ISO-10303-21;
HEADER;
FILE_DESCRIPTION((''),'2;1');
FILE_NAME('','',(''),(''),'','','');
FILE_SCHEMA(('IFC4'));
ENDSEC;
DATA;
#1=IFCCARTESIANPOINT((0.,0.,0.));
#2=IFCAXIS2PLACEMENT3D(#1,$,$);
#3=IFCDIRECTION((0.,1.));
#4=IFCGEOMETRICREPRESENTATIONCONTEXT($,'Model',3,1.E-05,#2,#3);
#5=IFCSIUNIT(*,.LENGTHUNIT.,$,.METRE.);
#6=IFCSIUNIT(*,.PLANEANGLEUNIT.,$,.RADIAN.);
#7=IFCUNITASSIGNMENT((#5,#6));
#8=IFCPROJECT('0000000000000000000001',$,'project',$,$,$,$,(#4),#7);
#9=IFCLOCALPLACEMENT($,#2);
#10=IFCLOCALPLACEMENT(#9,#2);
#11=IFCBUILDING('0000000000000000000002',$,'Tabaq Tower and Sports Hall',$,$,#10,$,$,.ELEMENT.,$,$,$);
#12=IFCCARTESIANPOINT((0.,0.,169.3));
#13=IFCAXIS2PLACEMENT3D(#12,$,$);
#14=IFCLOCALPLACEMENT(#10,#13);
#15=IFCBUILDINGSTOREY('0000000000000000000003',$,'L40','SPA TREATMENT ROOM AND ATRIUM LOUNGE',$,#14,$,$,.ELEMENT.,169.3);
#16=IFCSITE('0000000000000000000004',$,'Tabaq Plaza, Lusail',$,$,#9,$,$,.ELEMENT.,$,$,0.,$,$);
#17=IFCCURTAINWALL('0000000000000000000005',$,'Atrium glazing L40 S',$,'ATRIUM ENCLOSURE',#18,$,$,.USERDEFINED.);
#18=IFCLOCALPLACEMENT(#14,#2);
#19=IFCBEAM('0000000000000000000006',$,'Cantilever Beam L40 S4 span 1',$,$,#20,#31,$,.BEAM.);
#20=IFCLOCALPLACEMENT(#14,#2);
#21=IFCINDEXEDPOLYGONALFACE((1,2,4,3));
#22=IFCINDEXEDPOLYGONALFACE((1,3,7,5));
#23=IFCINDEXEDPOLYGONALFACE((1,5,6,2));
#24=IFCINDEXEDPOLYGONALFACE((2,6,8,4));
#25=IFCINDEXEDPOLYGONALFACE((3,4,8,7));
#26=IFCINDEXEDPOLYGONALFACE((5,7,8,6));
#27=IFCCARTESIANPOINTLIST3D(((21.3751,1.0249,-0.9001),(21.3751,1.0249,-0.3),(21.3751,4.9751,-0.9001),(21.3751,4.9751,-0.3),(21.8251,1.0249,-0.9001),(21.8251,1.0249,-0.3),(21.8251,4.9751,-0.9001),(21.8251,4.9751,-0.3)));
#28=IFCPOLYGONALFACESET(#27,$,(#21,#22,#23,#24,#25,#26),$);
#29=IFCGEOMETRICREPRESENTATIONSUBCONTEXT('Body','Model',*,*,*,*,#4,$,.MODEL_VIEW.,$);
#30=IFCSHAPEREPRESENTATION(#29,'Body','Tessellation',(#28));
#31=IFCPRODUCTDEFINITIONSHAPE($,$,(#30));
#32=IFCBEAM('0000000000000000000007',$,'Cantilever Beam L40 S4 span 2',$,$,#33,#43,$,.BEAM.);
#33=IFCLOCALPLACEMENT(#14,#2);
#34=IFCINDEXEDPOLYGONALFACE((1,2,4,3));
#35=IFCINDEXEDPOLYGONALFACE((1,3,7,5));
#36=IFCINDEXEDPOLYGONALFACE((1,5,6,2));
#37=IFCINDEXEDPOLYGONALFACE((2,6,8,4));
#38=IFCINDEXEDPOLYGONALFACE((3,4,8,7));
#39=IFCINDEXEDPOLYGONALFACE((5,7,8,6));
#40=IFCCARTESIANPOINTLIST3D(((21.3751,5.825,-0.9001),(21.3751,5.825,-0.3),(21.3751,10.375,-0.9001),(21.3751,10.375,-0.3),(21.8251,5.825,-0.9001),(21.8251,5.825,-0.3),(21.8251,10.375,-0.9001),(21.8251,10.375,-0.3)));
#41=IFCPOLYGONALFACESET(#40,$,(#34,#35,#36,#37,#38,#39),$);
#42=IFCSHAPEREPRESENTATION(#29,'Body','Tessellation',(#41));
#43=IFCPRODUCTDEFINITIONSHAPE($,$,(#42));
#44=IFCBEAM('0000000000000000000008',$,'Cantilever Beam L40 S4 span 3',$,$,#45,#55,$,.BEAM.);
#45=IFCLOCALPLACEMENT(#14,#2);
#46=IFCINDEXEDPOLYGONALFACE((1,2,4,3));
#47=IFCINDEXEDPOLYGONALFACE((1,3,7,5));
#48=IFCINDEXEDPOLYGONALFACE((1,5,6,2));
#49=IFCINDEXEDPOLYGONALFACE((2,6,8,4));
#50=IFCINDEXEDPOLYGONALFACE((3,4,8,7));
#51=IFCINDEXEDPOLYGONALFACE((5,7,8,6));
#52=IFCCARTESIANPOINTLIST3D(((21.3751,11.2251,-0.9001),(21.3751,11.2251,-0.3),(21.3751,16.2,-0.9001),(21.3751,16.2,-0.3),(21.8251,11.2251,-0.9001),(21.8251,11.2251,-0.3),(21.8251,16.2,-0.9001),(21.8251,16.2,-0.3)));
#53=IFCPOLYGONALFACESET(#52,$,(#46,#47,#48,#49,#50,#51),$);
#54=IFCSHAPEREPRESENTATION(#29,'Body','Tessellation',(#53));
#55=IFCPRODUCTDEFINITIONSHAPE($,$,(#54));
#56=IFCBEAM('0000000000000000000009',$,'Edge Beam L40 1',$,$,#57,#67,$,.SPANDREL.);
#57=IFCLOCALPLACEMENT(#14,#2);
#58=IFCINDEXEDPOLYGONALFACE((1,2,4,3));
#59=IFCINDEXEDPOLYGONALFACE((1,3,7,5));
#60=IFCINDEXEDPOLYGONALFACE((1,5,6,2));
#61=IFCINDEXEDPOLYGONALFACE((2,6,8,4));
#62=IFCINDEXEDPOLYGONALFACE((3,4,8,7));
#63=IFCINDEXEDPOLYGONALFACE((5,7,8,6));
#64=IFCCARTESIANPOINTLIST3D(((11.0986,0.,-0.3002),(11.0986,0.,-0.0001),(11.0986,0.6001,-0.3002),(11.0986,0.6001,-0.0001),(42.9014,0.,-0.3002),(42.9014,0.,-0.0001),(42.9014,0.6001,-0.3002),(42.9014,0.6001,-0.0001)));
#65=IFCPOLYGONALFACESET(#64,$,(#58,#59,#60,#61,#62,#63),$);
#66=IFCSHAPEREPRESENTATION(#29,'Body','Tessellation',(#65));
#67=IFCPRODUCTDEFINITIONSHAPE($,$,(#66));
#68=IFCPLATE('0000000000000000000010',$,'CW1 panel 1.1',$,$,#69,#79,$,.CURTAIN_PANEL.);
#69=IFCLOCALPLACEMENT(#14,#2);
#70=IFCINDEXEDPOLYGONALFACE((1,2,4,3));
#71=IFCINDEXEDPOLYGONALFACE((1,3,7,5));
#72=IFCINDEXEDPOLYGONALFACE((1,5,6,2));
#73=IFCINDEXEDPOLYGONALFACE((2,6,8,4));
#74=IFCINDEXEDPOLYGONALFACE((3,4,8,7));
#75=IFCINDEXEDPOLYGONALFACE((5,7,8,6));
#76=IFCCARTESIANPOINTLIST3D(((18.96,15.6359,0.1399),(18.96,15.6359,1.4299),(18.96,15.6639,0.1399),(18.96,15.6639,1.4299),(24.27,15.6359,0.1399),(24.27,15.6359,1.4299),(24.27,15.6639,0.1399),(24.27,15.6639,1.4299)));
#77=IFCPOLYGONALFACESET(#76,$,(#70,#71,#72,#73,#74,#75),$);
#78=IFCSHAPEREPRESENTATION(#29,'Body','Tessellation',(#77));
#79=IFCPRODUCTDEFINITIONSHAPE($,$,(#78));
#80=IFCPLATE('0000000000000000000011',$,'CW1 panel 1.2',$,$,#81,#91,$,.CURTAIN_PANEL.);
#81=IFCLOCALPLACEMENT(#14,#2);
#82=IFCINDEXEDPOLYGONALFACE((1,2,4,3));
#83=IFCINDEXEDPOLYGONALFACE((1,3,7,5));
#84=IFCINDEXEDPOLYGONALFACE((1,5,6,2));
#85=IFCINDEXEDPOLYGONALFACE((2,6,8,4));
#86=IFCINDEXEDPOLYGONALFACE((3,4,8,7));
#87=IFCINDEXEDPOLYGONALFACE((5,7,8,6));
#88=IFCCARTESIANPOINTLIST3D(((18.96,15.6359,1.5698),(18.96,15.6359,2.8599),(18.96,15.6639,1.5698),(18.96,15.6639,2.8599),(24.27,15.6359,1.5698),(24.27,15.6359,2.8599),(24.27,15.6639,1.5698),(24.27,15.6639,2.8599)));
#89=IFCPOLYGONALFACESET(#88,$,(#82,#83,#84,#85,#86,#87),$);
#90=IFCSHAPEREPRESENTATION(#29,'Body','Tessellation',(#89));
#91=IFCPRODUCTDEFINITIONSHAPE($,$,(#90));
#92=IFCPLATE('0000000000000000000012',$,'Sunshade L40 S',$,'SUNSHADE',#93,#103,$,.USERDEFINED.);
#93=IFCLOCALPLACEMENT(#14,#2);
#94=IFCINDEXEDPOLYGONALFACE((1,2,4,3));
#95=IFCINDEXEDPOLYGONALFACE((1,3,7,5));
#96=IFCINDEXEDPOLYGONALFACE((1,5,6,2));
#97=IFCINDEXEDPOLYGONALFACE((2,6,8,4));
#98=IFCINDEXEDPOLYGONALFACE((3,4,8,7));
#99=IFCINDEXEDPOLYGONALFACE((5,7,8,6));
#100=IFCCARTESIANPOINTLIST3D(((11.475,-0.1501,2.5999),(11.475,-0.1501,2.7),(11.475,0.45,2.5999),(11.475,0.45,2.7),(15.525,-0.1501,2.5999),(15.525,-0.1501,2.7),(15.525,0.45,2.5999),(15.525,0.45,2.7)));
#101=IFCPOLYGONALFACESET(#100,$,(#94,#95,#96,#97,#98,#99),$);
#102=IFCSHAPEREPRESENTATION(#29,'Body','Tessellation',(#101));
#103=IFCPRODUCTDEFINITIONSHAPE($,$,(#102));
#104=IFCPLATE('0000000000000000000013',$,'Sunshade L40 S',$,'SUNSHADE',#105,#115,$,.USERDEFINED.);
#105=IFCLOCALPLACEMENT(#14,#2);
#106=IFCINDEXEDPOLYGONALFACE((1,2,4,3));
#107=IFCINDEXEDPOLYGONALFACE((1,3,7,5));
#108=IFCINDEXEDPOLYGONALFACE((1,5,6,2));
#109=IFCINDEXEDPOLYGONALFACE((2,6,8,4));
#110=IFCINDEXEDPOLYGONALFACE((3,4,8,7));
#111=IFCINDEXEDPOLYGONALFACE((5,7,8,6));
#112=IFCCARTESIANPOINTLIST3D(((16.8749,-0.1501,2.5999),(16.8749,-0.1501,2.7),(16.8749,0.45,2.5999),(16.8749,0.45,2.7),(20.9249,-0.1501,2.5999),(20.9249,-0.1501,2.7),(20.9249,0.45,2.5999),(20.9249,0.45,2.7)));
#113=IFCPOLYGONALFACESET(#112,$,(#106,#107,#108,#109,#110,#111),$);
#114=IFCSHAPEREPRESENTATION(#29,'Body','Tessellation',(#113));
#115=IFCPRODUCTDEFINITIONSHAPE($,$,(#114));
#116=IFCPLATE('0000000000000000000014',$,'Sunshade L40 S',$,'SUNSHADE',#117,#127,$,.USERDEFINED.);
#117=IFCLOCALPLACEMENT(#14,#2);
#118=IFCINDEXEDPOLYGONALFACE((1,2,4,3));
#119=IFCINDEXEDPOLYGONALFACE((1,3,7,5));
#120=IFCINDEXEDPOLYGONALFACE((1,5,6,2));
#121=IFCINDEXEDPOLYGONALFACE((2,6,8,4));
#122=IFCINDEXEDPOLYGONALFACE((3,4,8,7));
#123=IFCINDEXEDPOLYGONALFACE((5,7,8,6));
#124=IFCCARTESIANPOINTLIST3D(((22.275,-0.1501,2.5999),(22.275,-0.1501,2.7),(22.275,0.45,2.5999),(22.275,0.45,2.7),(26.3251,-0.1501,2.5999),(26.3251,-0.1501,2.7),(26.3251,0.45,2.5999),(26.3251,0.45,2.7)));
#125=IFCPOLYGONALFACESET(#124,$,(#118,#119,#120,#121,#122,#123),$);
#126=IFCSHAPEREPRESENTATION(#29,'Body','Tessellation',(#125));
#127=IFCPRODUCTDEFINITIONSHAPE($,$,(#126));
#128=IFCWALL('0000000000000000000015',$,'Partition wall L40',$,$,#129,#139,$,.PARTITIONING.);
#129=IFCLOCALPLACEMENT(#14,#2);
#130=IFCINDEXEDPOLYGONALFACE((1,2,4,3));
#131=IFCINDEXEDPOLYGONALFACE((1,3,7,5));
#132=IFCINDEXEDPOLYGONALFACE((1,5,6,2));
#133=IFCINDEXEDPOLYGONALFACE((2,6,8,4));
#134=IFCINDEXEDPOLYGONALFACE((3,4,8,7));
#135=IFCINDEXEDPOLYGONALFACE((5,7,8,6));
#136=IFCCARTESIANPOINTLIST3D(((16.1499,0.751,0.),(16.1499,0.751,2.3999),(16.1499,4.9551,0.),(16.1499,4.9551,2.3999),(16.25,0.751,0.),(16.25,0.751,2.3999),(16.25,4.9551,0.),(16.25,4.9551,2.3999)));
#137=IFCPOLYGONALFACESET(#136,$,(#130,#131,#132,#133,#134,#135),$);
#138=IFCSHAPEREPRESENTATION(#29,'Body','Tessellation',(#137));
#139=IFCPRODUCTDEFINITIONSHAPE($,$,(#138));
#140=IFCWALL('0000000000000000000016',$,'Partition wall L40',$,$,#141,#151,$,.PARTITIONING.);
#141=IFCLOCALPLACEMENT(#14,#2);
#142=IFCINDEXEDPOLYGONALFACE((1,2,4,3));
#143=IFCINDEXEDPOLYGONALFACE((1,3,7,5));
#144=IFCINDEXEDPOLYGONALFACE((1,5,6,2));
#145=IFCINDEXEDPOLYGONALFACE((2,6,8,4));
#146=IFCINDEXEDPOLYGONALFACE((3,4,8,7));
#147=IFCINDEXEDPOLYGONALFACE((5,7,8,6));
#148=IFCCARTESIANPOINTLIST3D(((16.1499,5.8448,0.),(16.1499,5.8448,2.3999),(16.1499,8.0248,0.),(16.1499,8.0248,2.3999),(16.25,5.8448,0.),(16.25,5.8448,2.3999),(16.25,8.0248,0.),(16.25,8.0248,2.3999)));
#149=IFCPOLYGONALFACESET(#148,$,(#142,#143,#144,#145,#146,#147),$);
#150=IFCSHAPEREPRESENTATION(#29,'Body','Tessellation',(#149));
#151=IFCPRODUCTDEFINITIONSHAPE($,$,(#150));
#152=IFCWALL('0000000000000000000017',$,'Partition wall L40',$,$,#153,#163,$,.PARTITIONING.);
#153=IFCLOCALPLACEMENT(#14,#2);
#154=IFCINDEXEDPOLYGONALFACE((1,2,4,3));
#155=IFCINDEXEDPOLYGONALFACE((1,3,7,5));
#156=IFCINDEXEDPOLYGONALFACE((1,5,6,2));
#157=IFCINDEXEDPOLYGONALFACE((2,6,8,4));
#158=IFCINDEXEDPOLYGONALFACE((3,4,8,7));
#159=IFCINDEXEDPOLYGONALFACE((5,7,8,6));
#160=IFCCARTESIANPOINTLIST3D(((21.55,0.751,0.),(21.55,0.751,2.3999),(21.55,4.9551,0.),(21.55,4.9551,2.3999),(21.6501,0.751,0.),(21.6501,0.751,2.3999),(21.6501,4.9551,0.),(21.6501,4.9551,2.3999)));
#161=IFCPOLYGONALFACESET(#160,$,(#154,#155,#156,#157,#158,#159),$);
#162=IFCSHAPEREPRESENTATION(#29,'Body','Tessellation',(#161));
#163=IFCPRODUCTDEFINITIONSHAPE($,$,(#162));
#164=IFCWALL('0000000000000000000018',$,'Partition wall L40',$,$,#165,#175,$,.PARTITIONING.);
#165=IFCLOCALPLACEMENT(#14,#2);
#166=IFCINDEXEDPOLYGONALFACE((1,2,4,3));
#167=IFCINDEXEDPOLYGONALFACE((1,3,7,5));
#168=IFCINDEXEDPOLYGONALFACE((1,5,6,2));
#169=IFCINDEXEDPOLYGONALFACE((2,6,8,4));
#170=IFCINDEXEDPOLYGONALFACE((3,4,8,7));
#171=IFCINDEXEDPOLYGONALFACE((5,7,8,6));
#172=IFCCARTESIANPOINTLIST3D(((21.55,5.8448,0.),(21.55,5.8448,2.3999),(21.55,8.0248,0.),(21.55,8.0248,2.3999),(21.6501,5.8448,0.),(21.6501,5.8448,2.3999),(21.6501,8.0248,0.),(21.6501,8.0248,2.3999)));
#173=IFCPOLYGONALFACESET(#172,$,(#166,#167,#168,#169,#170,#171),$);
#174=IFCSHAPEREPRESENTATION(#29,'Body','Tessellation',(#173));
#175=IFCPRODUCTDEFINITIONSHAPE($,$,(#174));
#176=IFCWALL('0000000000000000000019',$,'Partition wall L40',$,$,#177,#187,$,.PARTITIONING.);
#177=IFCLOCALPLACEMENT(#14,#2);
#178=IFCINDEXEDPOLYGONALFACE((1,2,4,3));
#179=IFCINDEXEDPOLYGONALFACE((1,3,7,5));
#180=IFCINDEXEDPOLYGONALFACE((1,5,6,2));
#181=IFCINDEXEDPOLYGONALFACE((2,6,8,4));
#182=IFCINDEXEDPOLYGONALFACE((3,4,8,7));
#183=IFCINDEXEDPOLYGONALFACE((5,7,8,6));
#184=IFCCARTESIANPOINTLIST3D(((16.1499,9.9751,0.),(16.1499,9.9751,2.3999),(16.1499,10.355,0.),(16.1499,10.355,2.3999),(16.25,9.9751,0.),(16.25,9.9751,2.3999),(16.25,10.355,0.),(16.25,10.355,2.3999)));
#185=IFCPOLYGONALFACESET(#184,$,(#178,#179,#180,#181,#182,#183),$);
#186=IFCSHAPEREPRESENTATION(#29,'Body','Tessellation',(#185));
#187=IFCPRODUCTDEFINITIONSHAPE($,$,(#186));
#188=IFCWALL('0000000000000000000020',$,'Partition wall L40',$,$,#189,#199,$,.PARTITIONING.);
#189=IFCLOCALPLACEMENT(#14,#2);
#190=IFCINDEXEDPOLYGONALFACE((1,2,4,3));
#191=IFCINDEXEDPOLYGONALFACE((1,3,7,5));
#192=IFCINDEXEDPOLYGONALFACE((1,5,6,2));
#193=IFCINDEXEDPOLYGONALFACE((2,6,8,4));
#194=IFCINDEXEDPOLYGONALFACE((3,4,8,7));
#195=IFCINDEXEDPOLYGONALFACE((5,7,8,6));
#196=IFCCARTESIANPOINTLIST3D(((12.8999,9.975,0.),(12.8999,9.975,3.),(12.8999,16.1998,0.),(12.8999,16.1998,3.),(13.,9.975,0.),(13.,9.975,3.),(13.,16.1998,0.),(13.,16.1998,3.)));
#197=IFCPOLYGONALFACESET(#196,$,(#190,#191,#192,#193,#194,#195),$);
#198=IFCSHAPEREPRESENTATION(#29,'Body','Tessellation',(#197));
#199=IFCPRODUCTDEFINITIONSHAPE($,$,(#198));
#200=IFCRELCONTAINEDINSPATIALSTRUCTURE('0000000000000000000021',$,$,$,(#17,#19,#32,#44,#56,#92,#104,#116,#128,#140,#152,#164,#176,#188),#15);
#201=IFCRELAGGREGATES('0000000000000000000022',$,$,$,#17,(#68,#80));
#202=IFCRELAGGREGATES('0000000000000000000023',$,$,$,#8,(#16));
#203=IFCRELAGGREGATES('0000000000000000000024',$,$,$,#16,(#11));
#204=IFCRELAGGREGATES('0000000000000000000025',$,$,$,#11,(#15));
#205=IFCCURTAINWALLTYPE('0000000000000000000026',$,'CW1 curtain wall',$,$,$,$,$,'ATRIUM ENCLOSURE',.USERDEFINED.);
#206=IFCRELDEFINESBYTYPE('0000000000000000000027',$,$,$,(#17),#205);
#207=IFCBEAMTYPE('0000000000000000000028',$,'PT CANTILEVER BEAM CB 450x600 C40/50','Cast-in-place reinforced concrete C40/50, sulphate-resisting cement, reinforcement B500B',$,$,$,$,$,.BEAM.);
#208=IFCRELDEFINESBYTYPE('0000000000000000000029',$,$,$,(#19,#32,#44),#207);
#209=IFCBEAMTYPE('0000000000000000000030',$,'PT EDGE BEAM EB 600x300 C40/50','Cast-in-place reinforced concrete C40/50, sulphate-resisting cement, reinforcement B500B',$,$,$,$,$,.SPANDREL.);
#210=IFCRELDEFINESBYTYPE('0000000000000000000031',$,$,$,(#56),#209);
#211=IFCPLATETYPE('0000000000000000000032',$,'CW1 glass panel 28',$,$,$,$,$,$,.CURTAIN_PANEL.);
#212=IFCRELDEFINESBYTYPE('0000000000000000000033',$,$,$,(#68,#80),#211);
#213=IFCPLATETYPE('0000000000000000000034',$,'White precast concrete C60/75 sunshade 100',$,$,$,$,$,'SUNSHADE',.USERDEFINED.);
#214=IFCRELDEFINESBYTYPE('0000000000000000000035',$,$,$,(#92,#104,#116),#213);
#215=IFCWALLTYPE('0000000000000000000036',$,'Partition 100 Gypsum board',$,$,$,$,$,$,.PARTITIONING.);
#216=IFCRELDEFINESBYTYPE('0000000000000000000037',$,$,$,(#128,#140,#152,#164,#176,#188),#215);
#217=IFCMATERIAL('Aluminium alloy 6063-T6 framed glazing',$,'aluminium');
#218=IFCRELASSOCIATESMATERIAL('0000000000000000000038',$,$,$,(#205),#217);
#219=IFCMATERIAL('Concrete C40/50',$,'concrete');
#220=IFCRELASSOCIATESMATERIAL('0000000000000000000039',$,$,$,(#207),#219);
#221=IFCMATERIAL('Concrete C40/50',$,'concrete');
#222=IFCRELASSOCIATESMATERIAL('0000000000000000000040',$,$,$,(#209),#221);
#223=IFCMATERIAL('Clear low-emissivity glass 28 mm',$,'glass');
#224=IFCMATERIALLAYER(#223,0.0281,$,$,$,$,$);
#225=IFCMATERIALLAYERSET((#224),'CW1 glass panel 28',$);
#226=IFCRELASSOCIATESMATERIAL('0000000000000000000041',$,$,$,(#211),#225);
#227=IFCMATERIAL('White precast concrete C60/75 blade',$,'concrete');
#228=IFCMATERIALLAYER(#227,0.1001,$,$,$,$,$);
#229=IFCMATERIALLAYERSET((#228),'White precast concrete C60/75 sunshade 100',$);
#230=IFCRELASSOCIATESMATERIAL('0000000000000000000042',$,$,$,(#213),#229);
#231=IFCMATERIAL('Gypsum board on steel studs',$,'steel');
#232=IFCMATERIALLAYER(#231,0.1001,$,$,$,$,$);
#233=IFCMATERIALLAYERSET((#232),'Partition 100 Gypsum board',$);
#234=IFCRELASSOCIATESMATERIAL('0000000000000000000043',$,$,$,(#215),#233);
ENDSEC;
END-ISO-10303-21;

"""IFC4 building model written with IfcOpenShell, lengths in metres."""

from ifc_helpers import new_model, si_unit, direction, frame, frame_2d, origin, origin_2d, place, context, subcontext, project, spatial, rectangle, extrude, material, layer, layer_set, material_profile, profile_set, type_object, element, aggregate, save


model = new_model("IFC4")

# Units and contexts
model_context = context("Model", 3, precision=1e-05, world=origin(), true_north=direction((0.0, 1.0)))
body_context = subcontext(model_context, "Body", "Model", "MODEL_VIEW")
ifc_project = project(units=[si_unit("LENGTHUNIT", "METRE"), si_unit("PLANEANGLEUNIT", "RADIAN")], contexts=[model_context])

# Site, building, storey
site_placement = place(None, origin())
site = spatial("IfcSite", under=ifc_project, at=site_placement, Name="Tabaq Plaza, Lusail", CompositionType="ELEMENT", RefElevation=0.0)
building_placement = place(site_placement, origin())
building = spatial("IfcBuilding", under=site, at=building_placement, Name="Tabaq Tower and Sports Hall", CompositionType="ELEMENT")
storey_placement = place(building_placement, frame((0.0, 0.0, 169.3)))
storey = spatial("IfcBuildingStorey", under=building, at=storey_placement, Name="L40", Description="SPA TREATMENT ROOM AND ATRIUM LOUNGE", CompositionType="ELEMENT", Elevation=169.3)

# Curtain wall
ifc_material_1 = material(Name="Aluminium alloy 6063-T6 framed glazing", Category="aluminium")
curtain_wall_type = type_object("IfcCurtainWallType", Name="CW1 curtain wall", ElementType="ATRIUM ENCLOSURE", PredefinedType="USERDEFINED", material=ifc_material_1)
curtain_wall_placement = place(storey_placement, origin())
curtain_wall = element("IfcCurtainWall", 1, at=curtain_wall_placement, inside=storey, type_object=curtain_wall_type, Name="Atrium glazing L40 S", ObjectType="ATRIUM ENCLOSURE", PredefinedType="USERDEFINED")

# Beams
ifc_material_2 = material(Name="Concrete C40/50", Category="concrete")
ifc_material_profile_1 = material_profile(ifc_material_2, rectangle(XDim=0.45, YDim=0.6001, at=origin_2d()), Name="CB 450x600")
ifc_profile_set_1 = profile_set([ifc_material_profile_1], Name="Concrete C40/50")
beam_type_1 = type_object("IfcBeamType", Name="PT CANTILEVER BEAM CB 450x600 C40/50", Description="Cast-in-place reinforced concrete C40/50, sulphate-resisting cement, reinforcement B500B", PredefinedType="BEAM", material=ifc_profile_set_1)
beam_1_placement = place(storey_placement, frame((21.6001, 1.0249, -0.6001), z_axis=(0.0, 1.0, 0.0), x_axis=(-1.0, 0.0, 0.0)))
element("IfcBeam", 2, at=beam_1_placement, inside=storey, type_object=beam_type_1, Name="Cantilever Beam L40 S4 span 1", PredefinedType="BEAM", context=body_context, shape_type="SweptSolid", body=[
    extrude(rectangle(XDim=0.45, YDim=0.6001, at=origin_2d()), origin(), (0.0, 0.0, 1.0), 3.9502),
])
beam_2_placement = place(storey_placement, frame((21.6001, 5.825, -0.6001), z_axis=(0.0, 1.0, 0.0), x_axis=(-1.0, 0.0, 0.0)))
element("IfcBeam", 3, at=beam_2_placement, inside=storey, type_object=beam_type_1, Name="Cantilever Beam L40 S4 span 2", PredefinedType="BEAM", context=body_context, shape_type="SweptSolid", body=[
    extrude(rectangle(XDim=0.45, YDim=0.6001, at=origin_2d()), origin(), (0.0, 0.0, 1.0), 4.55),
])
beam_3_placement = place(storey_placement, frame((21.6001, 11.2251, -0.6001), z_axis=(0.0, 1.0, 0.0), x_axis=(-1.0, 0.0, 0.0)))
element("IfcBeam", 4, at=beam_3_placement, inside=storey, type_object=beam_type_1, Name="Cantilever Beam L40 S4 span 3", PredefinedType="BEAM", context=body_context, shape_type="SweptSolid", body=[
    extrude(rectangle(XDim=0.45, YDim=0.6001, at=origin_2d()), origin(), (0.0, 0.0, 1.0), 4.9749),
])
ifc_material_3 = material(Name="Concrete C40/50", Category="concrete")
ifc_material_profile_2 = material_profile(ifc_material_3, rectangle(XDim=0.6001, YDim=0.3, at=origin_2d()), Name="EB 600x300")
ifc_profile_set_2 = profile_set([ifc_material_profile_2], Name="Concrete C40/50")
beam_type_2 = type_object("IfcBeamType", Name="PT EDGE BEAM EB 600x300 C40/50", Description="Cast-in-place reinforced concrete C40/50, sulphate-resisting cement, reinforcement B500B", PredefinedType="SPANDREL", material=ifc_profile_set_2)
beam_4_placement = place(storey_placement, frame((11.0986, 0.3, -0.1501), z_axis=(1.0, 0.0, 0.0), x_axis=(0.0, 1.0, 0.0)))
element("IfcBeam", 5, at=beam_4_placement, inside=storey, type_object=beam_type_2, Name="Edge Beam L40 1", PredefinedType="SPANDREL", context=body_context, shape_type="SweptSolid", body=[
    extrude(rectangle(XDim=0.6001, YDim=0.3, at=origin_2d()), origin(), (0.0, 0.0, 1.0), 31.8027),
])

# Plates
ifc_material_4 = material(Name="Clear low-emissivity glass 28 mm", Category="glass")
ifc_layer_1 = layer(ifc_material_4, 0.0281)
ifc_layer_set_1 = layer_set([ifc_layer_1], Name="CW1 glass panel 28")
plate_type_1 = type_object("IfcPlateType", Name="CW1 glass panel 28", PredefinedType="CURTAIN_PANEL", material=ifc_layer_set_1)
plate_1_placement = place(storey_placement, frame((21.615, 15.6499, 0.1399), z_axis=(0.0, 0.0, 1.0), x_axis=(1.0, 0.0, 0.0)))
plate_1 = element("IfcPlate", 6, at=plate_1_placement, type_object=plate_type_1, Name="CW1 panel 1.1", PredefinedType="CURTAIN_PANEL", context=body_context, shape_type="SweptSolid", body=[
    extrude(rectangle(XDim=5.3101, YDim=0.0281, at=origin_2d()), origin(), (0.0, 0.0, 1.0), 1.29),
])
plate_2_placement = place(storey_placement, frame((21.615, 15.6499, 1.5698), z_axis=(0.0, 0.0, 1.0), x_axis=(1.0, 0.0, 0.0)))
plate_2 = element("IfcPlate", 7, at=plate_2_placement, type_object=plate_type_1, Name="CW1 panel 1.2", PredefinedType="CURTAIN_PANEL", context=body_context, shape_type="SweptSolid", body=[
    extrude(rectangle(XDim=5.3101, YDim=0.0281, at=origin_2d()), origin(), (0.0, 0.0, 1.0), 1.29),
])
aggregate(curtain_wall, [plate_1, plate_2])

# Plates
ifc_material_5 = material(Name="White precast concrete C60/75 blade", Category="concrete")
ifc_layer_2 = layer(ifc_material_5, 0.1001)
ifc_layer_set_2 = layer_set([ifc_layer_2], Name="White precast concrete C60/75 sunshade 100")
plate_type_2 = type_object("IfcPlateType", Name="White precast concrete C60/75 sunshade 100", ElementType="SUNSHADE", PredefinedType="USERDEFINED", material=ifc_layer_set_2)
for number, where, z_axis, x_axis, name in (
    (8, (13.5, 0.1499, 2.5999), (0.0, 0.0, 1.0), (1.0, 0.0, 0.0), "Sunshade L40 S"),
    (9, (18.8999, 0.1499, 2.5999), (0.0, 0.0, 1.0), (1.0, 0.0, 0.0), "Sunshade L40 S"),
    (10, (24.3, 0.1499, 2.5999), (0.0, 0.0, 1.0), (1.0, 0.0, 0.0), "Sunshade L40 S"),
):
    element("IfcPlate", number, at=place(storey_placement, frame(where, z_axis=z_axis, x_axis=x_axis)), inside=storey, type_object=plate_type_2, Name=name, ObjectType="SUNSHADE", PredefinedType="USERDEFINED", context=body_context, shape_type="SweptSolid", body=[
        extrude(rectangle(XDim=4.05, YDim=0.6001, at=origin_2d()), origin(), (0.0, 0.0, 1.0), 0.1001),
    ])

# Walls
ifc_material_6 = material(Name="Gypsum board on steel studs", Category="steel")
ifc_layer_3 = layer(ifc_material_6, 0.1001)
ifc_layer_set_3 = layer_set([ifc_layer_3], Name="Partition 100 Gypsum board")
wall_type = type_object("IfcWallType", Name="Partition 100 Gypsum board", PredefinedType="PARTITIONING", material=ifc_layer_set_3)
wall_1_placement = place(storey_placement, frame((16.2, 0.751, 0.0), z_axis=(0.0, 0.0, 1.0), x_axis=(0.0, 1.0, 0.0)))
element("IfcWall", 11, at=wall_1_placement, inside=storey, type_object=wall_type, Name="Partition wall L40", PredefinedType="PARTITIONING", context=body_context, shape_type="SweptSolid", body=[
    extrude(rectangle(XDim=4.2041, YDim=0.1001, at=frame_2d((2.1021, 0.0))), origin(), (0.0, 0.0, 1.0), 2.3999),
])
wall_2_placement = place(storey_placement, frame((16.2, 5.845, 0.0), z_axis=(0.0, 0.0, 1.0), x_axis=(0.0, 1.0, 0.0)))
element("IfcWall", 12, at=wall_2_placement, inside=storey, type_object=wall_type, Name="Partition wall L40", PredefinedType="PARTITIONING", context=body_context, shape_type="SweptSolid", body=[
    extrude(rectangle(XDim=2.1799, YDim=0.1001, at=frame_2d((1.0898, 0.0))), origin(), (0.0, 0.0, 1.0), 2.3999),
])
wall_3_placement = place(storey_placement, frame((21.6001, 0.751, 0.0), z_axis=(0.0, 0.0, 1.0), x_axis=(0.0, 1.0, 0.0)))
element("IfcWall", 13, at=wall_3_placement, inside=storey, type_object=wall_type, Name="Partition wall L40", PredefinedType="PARTITIONING", context=body_context, shape_type="SweptSolid", body=[
    extrude(rectangle(XDim=4.2041, YDim=0.1001, at=frame_2d((2.1021, 0.0))), origin(), (0.0, 0.0, 1.0), 2.3999),
])
wall_4_placement = place(storey_placement, frame((21.6001, 5.845, 0.0), z_axis=(0.0, 0.0, 1.0), x_axis=(0.0, 1.0, 0.0)))
element("IfcWall", 14, at=wall_4_placement, inside=storey, type_object=wall_type, Name="Partition wall L40", PredefinedType="PARTITIONING", context=body_context, shape_type="SweptSolid", body=[
    extrude(rectangle(XDim=2.1799, YDim=0.1001, at=frame_2d((1.0898, 0.0))), origin(), (0.0, 0.0, 1.0), 2.3999),
])
wall_5_placement = place(storey_placement, frame((16.2, 10.355, 0.0), z_axis=(0.0, 0.0, 1.0), x_axis=(0.0, -1.0, 0.0)))
element("IfcWall", 15, at=wall_5_placement, inside=storey, type_object=wall_type, Name="Partition wall L40", PredefinedType="PARTITIONING", context=body_context, shape_type="SweptSolid", body=[
    extrude(rectangle(XDim=0.3799, YDim=0.1001, at=frame_2d((0.1899, 0.0))), origin(), (0.0, 0.0, 1.0), 2.3999),
])
wall_6_placement = place(storey_placement, frame((12.95, 9.9751, 0.0), z_axis=(0.0, 0.0, 1.0), x_axis=(0.0, 1.0, 0.0)))
element("IfcWall", 16, at=wall_6_placement, inside=storey, type_object=wall_type, Name="Partition wall L40", PredefinedType="PARTITIONING", context=body_context, shape_type="SweptSolid", body=[
    extrude(rectangle(XDim=6.2249, YDim=0.1001, at=frame_2d((3.1123, 0.0))), origin(), (0.0, 0.0, 1.0), 3.0),
])

save(model, "model.ifc")
